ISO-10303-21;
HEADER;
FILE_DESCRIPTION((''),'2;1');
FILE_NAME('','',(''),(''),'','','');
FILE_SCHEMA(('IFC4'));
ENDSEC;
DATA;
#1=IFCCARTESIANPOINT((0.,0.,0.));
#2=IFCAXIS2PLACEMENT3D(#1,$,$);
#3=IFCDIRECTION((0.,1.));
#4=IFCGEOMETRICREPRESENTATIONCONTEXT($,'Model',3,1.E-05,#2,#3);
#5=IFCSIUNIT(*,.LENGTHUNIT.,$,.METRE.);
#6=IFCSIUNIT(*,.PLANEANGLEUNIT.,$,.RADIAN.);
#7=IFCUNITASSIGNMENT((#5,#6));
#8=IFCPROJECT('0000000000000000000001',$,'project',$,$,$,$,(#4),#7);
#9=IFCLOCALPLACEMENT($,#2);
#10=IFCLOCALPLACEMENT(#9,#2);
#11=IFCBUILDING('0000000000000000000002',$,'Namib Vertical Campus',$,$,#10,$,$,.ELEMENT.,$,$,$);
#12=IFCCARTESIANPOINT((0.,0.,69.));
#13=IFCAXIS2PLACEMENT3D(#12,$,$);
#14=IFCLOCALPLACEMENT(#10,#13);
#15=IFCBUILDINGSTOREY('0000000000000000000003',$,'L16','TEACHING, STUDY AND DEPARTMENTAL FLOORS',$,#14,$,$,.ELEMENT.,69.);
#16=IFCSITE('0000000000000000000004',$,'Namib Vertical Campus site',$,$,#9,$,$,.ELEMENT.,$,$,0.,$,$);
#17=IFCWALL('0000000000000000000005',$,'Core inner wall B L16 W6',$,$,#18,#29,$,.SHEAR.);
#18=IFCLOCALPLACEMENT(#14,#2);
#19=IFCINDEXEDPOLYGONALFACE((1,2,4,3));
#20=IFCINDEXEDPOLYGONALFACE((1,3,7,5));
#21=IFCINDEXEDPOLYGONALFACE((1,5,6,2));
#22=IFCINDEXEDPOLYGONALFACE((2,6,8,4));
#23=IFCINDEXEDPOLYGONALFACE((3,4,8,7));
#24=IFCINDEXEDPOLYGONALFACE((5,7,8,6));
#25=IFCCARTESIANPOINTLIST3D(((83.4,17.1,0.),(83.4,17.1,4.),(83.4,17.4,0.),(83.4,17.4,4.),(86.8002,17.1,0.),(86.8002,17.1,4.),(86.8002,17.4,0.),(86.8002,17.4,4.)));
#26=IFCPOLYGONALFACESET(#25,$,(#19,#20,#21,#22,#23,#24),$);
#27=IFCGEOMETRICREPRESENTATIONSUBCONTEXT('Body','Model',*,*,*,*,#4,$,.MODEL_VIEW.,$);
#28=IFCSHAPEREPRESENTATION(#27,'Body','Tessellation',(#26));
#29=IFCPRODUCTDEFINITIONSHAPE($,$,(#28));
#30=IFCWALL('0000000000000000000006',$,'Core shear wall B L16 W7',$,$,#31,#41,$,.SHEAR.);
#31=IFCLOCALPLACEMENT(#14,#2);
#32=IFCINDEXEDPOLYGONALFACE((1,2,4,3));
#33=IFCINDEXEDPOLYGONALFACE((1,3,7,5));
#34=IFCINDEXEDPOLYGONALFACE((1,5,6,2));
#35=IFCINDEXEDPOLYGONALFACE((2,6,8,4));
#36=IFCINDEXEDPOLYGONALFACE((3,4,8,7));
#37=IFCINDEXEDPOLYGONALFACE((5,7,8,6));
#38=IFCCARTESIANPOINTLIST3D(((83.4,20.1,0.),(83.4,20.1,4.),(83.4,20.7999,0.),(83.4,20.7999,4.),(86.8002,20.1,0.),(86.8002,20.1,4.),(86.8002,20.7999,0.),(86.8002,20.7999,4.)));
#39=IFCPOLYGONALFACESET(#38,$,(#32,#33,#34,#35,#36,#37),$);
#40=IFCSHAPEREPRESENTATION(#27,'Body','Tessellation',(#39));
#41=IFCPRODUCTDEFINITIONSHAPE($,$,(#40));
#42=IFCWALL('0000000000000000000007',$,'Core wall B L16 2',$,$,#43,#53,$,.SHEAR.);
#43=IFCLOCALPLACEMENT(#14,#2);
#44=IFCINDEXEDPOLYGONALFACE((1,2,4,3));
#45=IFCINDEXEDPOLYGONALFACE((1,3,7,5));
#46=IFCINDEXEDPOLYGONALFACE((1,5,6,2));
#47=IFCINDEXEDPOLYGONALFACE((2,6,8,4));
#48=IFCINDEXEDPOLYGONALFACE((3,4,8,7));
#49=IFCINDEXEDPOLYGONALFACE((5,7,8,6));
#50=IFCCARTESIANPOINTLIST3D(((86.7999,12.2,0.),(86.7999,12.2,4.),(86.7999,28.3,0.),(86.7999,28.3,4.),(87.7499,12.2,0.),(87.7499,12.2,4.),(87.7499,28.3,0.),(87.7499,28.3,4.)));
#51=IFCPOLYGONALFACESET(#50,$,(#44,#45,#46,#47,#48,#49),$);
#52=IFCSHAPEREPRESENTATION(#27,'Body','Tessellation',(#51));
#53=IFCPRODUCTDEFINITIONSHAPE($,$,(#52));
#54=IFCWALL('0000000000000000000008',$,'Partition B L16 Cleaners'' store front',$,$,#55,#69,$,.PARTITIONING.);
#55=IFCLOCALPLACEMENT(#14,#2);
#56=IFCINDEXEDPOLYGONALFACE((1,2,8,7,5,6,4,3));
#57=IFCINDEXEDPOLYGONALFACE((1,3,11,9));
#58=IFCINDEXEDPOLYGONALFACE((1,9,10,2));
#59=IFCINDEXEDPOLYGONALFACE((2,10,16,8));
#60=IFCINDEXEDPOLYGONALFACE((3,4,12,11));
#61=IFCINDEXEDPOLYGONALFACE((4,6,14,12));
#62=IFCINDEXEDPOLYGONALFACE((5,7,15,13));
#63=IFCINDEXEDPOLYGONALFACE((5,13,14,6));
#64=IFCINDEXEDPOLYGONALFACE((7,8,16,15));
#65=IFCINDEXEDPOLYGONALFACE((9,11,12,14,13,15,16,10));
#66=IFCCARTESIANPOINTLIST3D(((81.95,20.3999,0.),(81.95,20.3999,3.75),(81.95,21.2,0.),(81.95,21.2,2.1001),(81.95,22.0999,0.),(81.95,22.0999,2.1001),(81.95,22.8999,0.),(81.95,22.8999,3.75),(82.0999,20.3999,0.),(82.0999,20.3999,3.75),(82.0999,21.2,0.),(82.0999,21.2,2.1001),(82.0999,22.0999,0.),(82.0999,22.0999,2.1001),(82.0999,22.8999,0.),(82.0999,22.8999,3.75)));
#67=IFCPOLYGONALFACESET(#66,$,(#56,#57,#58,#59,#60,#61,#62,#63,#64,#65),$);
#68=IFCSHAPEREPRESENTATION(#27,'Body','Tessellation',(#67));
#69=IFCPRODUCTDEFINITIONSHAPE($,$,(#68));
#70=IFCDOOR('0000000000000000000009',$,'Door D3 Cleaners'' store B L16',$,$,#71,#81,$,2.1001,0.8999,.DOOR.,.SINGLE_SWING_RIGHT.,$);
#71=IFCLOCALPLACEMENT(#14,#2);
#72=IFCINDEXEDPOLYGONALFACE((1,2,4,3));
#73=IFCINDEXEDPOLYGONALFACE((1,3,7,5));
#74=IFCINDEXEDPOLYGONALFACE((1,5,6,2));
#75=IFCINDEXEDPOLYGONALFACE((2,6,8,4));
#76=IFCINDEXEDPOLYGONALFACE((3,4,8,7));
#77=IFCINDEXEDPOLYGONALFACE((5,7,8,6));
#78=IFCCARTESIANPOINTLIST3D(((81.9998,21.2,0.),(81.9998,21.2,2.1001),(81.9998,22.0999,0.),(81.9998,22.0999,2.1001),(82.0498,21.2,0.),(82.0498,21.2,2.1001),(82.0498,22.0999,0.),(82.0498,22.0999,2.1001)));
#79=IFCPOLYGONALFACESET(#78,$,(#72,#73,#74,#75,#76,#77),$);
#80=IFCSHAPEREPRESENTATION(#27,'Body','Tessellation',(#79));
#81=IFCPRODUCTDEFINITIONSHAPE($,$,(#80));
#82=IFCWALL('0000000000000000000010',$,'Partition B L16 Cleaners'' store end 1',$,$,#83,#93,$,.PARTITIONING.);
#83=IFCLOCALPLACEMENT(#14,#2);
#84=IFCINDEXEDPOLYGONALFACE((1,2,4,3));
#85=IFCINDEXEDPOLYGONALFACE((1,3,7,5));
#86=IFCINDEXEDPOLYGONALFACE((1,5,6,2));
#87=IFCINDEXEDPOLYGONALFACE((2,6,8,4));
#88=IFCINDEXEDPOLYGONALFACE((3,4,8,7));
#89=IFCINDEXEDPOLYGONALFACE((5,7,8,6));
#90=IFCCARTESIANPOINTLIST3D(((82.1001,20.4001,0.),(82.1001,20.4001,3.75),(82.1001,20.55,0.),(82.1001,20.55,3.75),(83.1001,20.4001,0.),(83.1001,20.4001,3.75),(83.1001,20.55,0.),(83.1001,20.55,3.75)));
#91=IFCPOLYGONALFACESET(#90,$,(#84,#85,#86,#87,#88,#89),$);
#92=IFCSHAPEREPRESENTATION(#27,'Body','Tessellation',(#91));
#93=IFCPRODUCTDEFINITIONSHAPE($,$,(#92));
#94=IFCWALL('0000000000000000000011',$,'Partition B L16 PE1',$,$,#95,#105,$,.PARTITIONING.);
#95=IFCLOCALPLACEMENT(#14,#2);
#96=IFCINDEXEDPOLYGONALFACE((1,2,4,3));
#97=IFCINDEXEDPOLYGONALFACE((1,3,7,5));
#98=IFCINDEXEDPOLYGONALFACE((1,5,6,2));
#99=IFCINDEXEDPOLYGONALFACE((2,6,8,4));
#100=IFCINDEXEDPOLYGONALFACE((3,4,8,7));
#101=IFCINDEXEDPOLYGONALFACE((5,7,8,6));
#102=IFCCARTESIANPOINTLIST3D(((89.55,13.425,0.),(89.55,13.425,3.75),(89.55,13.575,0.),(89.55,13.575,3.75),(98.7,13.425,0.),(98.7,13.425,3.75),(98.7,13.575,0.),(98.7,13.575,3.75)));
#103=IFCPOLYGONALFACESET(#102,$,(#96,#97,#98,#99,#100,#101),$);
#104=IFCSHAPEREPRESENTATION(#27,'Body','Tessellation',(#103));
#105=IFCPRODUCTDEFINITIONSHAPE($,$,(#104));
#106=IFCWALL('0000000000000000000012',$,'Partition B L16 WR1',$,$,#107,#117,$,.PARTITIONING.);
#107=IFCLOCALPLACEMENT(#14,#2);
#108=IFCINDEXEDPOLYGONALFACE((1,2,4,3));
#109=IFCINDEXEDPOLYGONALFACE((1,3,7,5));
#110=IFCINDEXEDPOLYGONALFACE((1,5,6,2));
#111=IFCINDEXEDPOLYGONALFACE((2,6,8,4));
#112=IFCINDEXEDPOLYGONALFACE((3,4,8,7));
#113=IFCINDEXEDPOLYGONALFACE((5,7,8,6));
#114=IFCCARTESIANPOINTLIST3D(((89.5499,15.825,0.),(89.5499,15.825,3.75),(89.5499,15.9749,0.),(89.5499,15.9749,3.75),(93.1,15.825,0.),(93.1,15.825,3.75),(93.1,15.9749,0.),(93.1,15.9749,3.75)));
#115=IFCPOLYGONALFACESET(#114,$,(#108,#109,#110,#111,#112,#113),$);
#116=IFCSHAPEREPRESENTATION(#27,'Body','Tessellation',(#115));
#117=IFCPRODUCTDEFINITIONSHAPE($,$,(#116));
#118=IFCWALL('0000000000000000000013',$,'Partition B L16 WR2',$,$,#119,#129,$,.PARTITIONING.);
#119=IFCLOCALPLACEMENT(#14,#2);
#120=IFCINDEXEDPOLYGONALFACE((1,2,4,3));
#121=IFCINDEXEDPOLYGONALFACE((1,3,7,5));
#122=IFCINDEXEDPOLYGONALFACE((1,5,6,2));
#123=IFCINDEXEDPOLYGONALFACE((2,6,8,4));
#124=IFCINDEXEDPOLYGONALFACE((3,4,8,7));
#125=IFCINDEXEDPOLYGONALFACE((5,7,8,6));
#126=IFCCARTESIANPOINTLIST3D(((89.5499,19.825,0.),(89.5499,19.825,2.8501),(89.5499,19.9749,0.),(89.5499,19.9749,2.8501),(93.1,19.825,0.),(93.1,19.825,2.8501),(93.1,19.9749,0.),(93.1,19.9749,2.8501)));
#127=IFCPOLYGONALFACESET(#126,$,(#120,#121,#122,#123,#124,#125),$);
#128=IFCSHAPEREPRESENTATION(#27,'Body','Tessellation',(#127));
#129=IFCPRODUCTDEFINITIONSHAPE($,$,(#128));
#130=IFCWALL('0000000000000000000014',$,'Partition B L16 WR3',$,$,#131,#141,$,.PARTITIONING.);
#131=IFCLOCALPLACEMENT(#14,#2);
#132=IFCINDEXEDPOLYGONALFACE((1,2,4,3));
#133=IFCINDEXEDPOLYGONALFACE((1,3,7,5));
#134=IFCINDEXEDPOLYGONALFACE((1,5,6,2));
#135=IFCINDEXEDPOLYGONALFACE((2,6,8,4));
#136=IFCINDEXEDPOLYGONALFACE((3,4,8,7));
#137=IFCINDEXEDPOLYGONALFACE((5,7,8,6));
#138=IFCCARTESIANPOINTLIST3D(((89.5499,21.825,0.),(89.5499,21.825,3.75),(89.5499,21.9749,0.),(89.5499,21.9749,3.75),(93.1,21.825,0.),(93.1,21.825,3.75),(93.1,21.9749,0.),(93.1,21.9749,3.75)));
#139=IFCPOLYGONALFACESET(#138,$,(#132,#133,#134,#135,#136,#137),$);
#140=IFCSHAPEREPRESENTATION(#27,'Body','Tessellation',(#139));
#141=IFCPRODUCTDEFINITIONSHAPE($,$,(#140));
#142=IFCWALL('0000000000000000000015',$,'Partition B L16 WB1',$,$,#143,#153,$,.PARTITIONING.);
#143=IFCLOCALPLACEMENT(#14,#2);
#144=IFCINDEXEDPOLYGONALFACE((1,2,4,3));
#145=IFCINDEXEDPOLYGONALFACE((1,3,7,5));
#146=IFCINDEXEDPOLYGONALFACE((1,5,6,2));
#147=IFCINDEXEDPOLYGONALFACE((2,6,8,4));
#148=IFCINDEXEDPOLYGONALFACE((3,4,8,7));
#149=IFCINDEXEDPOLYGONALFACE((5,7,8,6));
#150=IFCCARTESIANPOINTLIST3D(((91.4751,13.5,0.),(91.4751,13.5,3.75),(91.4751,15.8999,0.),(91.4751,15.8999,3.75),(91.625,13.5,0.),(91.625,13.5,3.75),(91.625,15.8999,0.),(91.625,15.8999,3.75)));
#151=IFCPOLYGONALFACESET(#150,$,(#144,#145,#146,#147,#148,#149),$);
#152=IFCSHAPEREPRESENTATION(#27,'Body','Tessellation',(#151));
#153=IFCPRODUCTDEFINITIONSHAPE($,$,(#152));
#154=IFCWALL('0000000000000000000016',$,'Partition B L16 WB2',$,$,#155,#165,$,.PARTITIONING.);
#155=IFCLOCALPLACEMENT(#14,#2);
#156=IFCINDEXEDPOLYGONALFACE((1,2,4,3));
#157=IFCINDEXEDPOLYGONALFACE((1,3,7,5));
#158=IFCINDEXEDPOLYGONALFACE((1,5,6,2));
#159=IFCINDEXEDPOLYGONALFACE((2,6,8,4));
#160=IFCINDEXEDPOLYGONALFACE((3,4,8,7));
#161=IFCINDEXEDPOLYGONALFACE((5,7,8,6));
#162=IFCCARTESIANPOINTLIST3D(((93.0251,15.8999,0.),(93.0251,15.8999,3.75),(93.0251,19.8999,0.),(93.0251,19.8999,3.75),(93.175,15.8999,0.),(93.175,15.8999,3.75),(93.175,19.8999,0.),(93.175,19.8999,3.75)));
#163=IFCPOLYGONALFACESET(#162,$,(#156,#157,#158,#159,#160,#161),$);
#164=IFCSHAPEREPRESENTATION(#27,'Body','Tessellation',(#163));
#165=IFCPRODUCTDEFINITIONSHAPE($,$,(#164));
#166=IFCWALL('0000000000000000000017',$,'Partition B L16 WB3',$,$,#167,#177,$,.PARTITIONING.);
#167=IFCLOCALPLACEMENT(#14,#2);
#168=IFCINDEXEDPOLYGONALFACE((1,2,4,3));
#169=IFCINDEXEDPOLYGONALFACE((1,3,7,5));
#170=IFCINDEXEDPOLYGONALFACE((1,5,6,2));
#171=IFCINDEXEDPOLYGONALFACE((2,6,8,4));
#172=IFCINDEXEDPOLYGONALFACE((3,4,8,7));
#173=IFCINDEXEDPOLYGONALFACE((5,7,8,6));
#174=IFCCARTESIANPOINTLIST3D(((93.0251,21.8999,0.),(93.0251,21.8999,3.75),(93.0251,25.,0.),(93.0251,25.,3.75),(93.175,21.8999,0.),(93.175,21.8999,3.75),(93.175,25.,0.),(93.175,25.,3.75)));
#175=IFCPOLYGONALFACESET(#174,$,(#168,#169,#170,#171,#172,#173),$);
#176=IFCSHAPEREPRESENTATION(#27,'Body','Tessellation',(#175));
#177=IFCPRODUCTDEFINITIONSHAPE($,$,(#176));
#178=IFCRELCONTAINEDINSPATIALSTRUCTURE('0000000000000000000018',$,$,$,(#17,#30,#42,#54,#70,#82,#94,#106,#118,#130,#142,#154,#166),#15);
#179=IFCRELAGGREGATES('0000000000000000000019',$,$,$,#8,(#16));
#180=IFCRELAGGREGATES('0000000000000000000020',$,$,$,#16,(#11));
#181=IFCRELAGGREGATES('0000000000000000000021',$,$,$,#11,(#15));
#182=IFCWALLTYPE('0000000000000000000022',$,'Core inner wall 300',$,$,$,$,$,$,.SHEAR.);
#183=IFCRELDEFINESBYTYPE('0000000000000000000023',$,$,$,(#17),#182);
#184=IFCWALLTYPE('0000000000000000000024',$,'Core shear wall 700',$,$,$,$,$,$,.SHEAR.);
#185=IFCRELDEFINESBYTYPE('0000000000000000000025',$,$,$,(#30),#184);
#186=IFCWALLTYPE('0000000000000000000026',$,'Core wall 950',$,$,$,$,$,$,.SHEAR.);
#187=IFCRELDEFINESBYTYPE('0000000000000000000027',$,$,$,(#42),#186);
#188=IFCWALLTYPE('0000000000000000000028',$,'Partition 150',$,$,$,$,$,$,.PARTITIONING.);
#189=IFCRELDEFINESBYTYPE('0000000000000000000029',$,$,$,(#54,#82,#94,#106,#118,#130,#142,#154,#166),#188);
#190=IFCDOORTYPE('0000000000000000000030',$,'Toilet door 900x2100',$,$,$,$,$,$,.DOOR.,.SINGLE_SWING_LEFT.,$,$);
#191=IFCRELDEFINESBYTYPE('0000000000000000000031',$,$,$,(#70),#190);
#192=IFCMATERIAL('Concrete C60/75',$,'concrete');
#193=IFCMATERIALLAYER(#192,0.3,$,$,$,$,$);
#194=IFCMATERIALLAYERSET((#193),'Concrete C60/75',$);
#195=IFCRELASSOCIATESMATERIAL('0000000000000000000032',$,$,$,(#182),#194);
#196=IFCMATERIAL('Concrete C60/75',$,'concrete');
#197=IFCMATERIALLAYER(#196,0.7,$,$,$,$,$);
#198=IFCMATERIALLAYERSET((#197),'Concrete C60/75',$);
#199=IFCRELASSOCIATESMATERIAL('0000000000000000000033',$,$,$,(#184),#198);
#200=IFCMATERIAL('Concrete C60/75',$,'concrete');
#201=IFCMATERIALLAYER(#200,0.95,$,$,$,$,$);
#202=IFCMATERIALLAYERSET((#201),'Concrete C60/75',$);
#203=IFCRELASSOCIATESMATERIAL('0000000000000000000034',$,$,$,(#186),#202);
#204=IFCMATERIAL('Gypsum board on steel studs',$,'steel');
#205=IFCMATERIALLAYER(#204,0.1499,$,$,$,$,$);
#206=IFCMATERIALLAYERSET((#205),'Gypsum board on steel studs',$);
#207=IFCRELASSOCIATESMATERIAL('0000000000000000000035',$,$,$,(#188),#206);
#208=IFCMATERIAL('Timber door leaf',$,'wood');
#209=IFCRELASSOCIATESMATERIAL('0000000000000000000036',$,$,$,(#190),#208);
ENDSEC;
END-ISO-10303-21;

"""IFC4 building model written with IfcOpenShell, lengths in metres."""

from ifc_helpers import new_model, si_unit, direction, frame, frame_2d, origin, place, context, subcontext, project, spatial, rectangle, extrude, material, layer, layer_set, type_object, element, fill, save


model = new_model("IFC4")

# Units and contexts
model_context = context("Model", 3, precision=1e-05, world=origin(), true_north=direction((0.0, 1.0)))
body_context = subcontext(model_context, "Body", "Model", "MODEL_VIEW")
ifc_project = project(units=[si_unit("LENGTHUNIT", "METRE"), si_unit("PLANEANGLEUNIT", "RADIAN")], contexts=[model_context])

# Site, building, storey
site_placement = place(None, origin())
site = spatial("IfcSite", under=ifc_project, at=site_placement, Name="Namib Vertical Campus site", CompositionType="ELEMENT", RefElevation=0.0)
building_placement = place(site_placement, origin())
building = spatial("IfcBuilding", under=site, at=building_placement, Name="Namib Vertical Campus", CompositionType="ELEMENT")
storey_placement = place(building_placement, frame((0.0, 0.0, 69.0)))
storey = spatial("IfcBuildingStorey", under=building, at=storey_placement, Name="L16", Description="TEACHING, STUDY AND DEPARTMENTAL FLOORS", CompositionType="ELEMENT", Elevation=69.0)

# Shared definitions
ifc_material_1 = material(Name="Concrete C60/75", Category="concrete")
ifc_layer_1 = layer(ifc_material_1, 0.3)
ifc_layer_set_1 = layer_set([ifc_layer_1], Name="Concrete C60/75")
wall_type_1 = type_object("IfcWallType", Name="Core inner wall 300", PredefinedType="SHEAR", material=ifc_layer_set_1)

# Walls
for number, where, z_axis, x_axis, name in (
    (1, (83.3999, 17.25, 0.0), (0.0, 0.0, 1.0), (1.0, 0.0, 0.0), "Core inner wall B L16 W6"),
):
    element("IfcWall", number, at=place(storey_placement, frame(where, z_axis=z_axis, x_axis=x_axis)), inside=storey, type_object=wall_type_1, Name=name, PredefinedType="SHEAR", context=body_context, shape_type="SweptSolid", body=[
        extrude(rectangle(XDim=3.4001, YDim=0.3, at=frame_2d((1.7002, 0.0))), origin(), (0.0, 0.0, 1.0), 4.0),
    ])
ifc_material_2 = material(Name="Concrete C60/75", Category="concrete")
ifc_layer_2 = layer(ifc_material_2, 0.7)
ifc_layer_set_2 = layer_set([ifc_layer_2], Name="Concrete C60/75")
wall_type_2 = type_object("IfcWallType", Name="Core shear wall 700", PredefinedType="SHEAR", material=ifc_layer_set_2)
wall_1_placement = place(storey_placement, frame((83.3999, 20.45, 0.0), z_axis=(0.0, 0.0, 1.0), x_axis=(1.0, 0.0, 0.0)))
element("IfcWall", 2, at=wall_1_placement, inside=storey, type_object=wall_type_2, Name="Core shear wall B L16 W7", PredefinedType="SHEAR", context=body_context, shape_type="SweptSolid", body=[
    extrude(rectangle(XDim=3.4001, YDim=0.7, at=frame_2d((1.7002, 0.0))), origin(), (0.0, 0.0, 1.0), 4.0),
])
ifc_material_3 = material(Name="Concrete C60/75", Category="concrete")
ifc_layer_3 = layer(ifc_material_3, 0.95)
ifc_layer_set_3 = layer_set([ifc_layer_3], Name="Concrete C60/75")
wall_type_3 = type_object("IfcWallType", Name="Core wall 950", PredefinedType="SHEAR", material=ifc_layer_set_3)
wall_2_placement = place(storey_placement, frame((87.2749, 12.2, 0.0), z_axis=(0.0, 0.0, 1.0), x_axis=(0.0, 1.0, 0.0)))
element("IfcWall", 3, at=wall_2_placement, inside=storey, type_object=wall_type_3, Name="Core wall B L16 2", PredefinedType="SHEAR", context=body_context, shape_type="SweptSolid", body=[
    extrude(rectangle(XDim=16.1001, YDim=0.95, at=frame_2d((8.05, 0.0))), origin(), (0.0, 0.0, 1.0), 4.0),
])

# Wall, opening, door
ifc_material_4 = material(Name="Gypsum board on steel studs", Category="steel")
ifc_layer_4 = layer(ifc_material_4, 0.1499)
ifc_layer_set_4 = layer_set([ifc_layer_4], Name="Gypsum board on steel studs")
wall_type_4 = type_object("IfcWallType", Name="Partition 150", PredefinedType="PARTITIONING", material=ifc_layer_set_4)
wall_3_placement = place(storey_placement, frame((82.0249, 20.3999, 0.0), z_axis=(0.0, 0.0, 1.0), x_axis=(0.0, 1.0, 0.0)))
wall_3 = element("IfcWall", 4, at=wall_3_placement, inside=storey, type_object=wall_type_4, Name="Partition B L16 Cleaners' store front", PredefinedType="PARTITIONING", context=body_context, shape_type="SweptSolid", body=[
    extrude(rectangle(XDim=2.5, YDim=0.1499, at=frame_2d((1.25, 0.0))), origin(), (0.0, 0.0, 1.0), 3.75),
])
opening_1_placement = place(wall_3_placement, frame((0.8, 0.0, 0.0)))
opening_1 = element("IfcOpeningElement", 5, at=opening_1_placement, cuts=wall_3, PredefinedType="OPENING", context=body_context, shape_type="SweptSolid", body=[
    extrude(rectangle(XDim=0.8999, YDim=2.1001, at=frame_2d((0.45, 1.05))), frame((0.0, 0.085, 0.0), z_axis=(0.0, -1.0, 0.0), x_axis=(1.0, 0.0, 0.0)), (0.0, 0.0, 1.0), 0.1699),
])
ifc_material_5 = material(Name="Timber door leaf", Category="wood")
door_type_1 = type_object("IfcDoorType", Name="Toilet door 900x2100", OperationType="SINGLE_SWING_LEFT", PredefinedType="DOOR", material=ifc_material_5)
door_1_placement = place(opening_1_placement, frame((0.8999, 0.0, 0.0), z_axis=(0.0, 0.0, 1.0), x_axis=(-1.0, 0.0, 0.0)))
door_1 = element("IfcDoor", 6, at=door_1_placement, inside=storey, type_object=door_type_1, Name="Door D3 Cleaners' store B L16", OperationType="SINGLE_SWING_RIGHT", OverallHeight=2.1001, OverallWidth=0.8999, PredefinedType="DOOR", context=body_context, shape_type="SweptSolid", body=[
    extrude(rectangle(XDim=0.8999, YDim=2.1001, at=frame_2d((0.45, 1.05))), frame((0.0, 0.0249, 0.0), z_axis=(0.0, -1.0, 0.0), x_axis=(1.0, 0.0, 0.0)), (0.0, 0.0, 1.0), 0.05),
])
fill(opening_1, door_1)

# Walls
wall_4_placement = place(storey_placement, frame((82.1001, 20.4751, 0.0), z_axis=(0.0, 0.0, 1.0), x_axis=(1.0, 0.0, 0.0)))
element("IfcWall", 7, at=wall_4_placement, inside=storey, type_object=wall_type_4, Name="Partition B L16 Cleaners' store end 1", PredefinedType="PARTITIONING", context=body_context, shape_type="SweptSolid", body=[
    extrude(rectangle(XDim=1.0, YDim=0.1499, at=frame_2d((0.5, 0.0))), origin(), (0.0, 0.0, 1.0), 3.75),
])
wall_5_placement = place(storey_placement, frame((89.55, 13.5, 0.0), z_axis=(0.0, 0.0, 1.0), x_axis=(1.0, 0.0, 0.0)))
element("IfcWall", 8, at=wall_5_placement, inside=storey, type_object=wall_type_4, Name="Partition B L16 PE1", PredefinedType="PARTITIONING", context=body_context, shape_type="SweptSolid", body=[
    extrude(rectangle(XDim=9.1499, YDim=0.1499, at=frame_2d((4.575, 0.0))), origin(), (0.0, 0.0, 1.0), 3.75),
])
wall_6_placement = place(storey_placement, frame((89.55, 15.8999, 0.0), z_axis=(0.0, 0.0, 1.0), x_axis=(1.0, 0.0, 0.0)))
element("IfcWall", 9, at=wall_6_placement, inside=storey, type_object=wall_type_4, Name="Partition B L16 WR1", PredefinedType="PARTITIONING", context=body_context, shape_type="SweptSolid", body=[
    extrude(rectangle(XDim=3.55, YDim=0.1499, at=frame_2d((1.7749, 0.0))), origin(), (0.0, 0.0, 1.0), 3.75),
])
wall_7_placement = place(storey_placement, frame((89.55, 19.8999, 0.0), z_axis=(0.0, 0.0, 1.0), x_axis=(1.0, 0.0, 0.0)))
element("IfcWall", 10, at=wall_7_placement, inside=storey, type_object=wall_type_4, Name="Partition B L16 WR2", PredefinedType="PARTITIONING", context=body_context, shape_type="SweptSolid", body=[
    extrude(rectangle(XDim=3.55, YDim=0.1499, at=frame_2d((1.7749, 0.0))), origin(), (0.0, 0.0, 1.0), 2.8501),
])
wall_8_placement = place(storey_placement, frame((89.55, 21.8999, 0.0), z_axis=(0.0, 0.0, 1.0), x_axis=(1.0, 0.0, 0.0)))
element("IfcWall", 11, at=wall_8_placement, inside=storey, type_object=wall_type_4, Name="Partition B L16 WR3", PredefinedType="PARTITIONING", context=body_context, shape_type="SweptSolid", body=[
    extrude(rectangle(XDim=3.55, YDim=0.1499, at=frame_2d((1.7749, 0.0))), origin(), (0.0, 0.0, 1.0), 3.75),
])
wall_9_placement = place(storey_placement, frame((91.55, 13.5, 0.0), z_axis=(0.0, 0.0, 1.0), x_axis=(0.0, 1.0, 0.0)))
element("IfcWall", 12, at=wall_9_placement, inside=storey, type_object=wall_type_4, Name="Partition B L16 WB1", PredefinedType="PARTITIONING", context=body_context, shape_type="SweptSolid", body=[
    extrude(rectangle(XDim=2.3999, YDim=0.1499, at=frame_2d((1.2, 0.0))), origin(), (0.0, 0.0, 1.0), 3.75),
])
wall_10_placement = place(storey_placement, frame((93.1001, 15.8999, 0.0), z_axis=(0.0, 0.0, 1.0), x_axis=(0.0, 1.0, 0.0)))
element("IfcWall", 13, at=wall_10_placement, inside=storey, type_object=wall_type_4, Name="Partition B L16 WB2", PredefinedType="PARTITIONING", context=body_context, shape_type="SweptSolid", body=[
    extrude(rectangle(XDim=4.0, YDim=0.1499, at=frame_2d((2.0, 0.0))), origin(), (0.0, 0.0, 1.0), 3.75),
])
wall_11_placement = place(storey_placement, frame((93.1001, 21.8999, 0.0), z_axis=(0.0, 0.0, 1.0), x_axis=(0.0, 1.0, 0.0)))
element("IfcWall", 14, at=wall_11_placement, inside=storey, type_object=wall_type_4, Name="Partition B L16 WB3", PredefinedType="PARTITIONING", context=body_context, shape_type="SweptSolid", body=[
    extrude(rectangle(XDim=3.1001, YDim=0.1499, at=frame_2d((1.55, 0.0))), origin(), (0.0, 0.0, 1.0), 3.75),
])

save(model, "model.ifc")
